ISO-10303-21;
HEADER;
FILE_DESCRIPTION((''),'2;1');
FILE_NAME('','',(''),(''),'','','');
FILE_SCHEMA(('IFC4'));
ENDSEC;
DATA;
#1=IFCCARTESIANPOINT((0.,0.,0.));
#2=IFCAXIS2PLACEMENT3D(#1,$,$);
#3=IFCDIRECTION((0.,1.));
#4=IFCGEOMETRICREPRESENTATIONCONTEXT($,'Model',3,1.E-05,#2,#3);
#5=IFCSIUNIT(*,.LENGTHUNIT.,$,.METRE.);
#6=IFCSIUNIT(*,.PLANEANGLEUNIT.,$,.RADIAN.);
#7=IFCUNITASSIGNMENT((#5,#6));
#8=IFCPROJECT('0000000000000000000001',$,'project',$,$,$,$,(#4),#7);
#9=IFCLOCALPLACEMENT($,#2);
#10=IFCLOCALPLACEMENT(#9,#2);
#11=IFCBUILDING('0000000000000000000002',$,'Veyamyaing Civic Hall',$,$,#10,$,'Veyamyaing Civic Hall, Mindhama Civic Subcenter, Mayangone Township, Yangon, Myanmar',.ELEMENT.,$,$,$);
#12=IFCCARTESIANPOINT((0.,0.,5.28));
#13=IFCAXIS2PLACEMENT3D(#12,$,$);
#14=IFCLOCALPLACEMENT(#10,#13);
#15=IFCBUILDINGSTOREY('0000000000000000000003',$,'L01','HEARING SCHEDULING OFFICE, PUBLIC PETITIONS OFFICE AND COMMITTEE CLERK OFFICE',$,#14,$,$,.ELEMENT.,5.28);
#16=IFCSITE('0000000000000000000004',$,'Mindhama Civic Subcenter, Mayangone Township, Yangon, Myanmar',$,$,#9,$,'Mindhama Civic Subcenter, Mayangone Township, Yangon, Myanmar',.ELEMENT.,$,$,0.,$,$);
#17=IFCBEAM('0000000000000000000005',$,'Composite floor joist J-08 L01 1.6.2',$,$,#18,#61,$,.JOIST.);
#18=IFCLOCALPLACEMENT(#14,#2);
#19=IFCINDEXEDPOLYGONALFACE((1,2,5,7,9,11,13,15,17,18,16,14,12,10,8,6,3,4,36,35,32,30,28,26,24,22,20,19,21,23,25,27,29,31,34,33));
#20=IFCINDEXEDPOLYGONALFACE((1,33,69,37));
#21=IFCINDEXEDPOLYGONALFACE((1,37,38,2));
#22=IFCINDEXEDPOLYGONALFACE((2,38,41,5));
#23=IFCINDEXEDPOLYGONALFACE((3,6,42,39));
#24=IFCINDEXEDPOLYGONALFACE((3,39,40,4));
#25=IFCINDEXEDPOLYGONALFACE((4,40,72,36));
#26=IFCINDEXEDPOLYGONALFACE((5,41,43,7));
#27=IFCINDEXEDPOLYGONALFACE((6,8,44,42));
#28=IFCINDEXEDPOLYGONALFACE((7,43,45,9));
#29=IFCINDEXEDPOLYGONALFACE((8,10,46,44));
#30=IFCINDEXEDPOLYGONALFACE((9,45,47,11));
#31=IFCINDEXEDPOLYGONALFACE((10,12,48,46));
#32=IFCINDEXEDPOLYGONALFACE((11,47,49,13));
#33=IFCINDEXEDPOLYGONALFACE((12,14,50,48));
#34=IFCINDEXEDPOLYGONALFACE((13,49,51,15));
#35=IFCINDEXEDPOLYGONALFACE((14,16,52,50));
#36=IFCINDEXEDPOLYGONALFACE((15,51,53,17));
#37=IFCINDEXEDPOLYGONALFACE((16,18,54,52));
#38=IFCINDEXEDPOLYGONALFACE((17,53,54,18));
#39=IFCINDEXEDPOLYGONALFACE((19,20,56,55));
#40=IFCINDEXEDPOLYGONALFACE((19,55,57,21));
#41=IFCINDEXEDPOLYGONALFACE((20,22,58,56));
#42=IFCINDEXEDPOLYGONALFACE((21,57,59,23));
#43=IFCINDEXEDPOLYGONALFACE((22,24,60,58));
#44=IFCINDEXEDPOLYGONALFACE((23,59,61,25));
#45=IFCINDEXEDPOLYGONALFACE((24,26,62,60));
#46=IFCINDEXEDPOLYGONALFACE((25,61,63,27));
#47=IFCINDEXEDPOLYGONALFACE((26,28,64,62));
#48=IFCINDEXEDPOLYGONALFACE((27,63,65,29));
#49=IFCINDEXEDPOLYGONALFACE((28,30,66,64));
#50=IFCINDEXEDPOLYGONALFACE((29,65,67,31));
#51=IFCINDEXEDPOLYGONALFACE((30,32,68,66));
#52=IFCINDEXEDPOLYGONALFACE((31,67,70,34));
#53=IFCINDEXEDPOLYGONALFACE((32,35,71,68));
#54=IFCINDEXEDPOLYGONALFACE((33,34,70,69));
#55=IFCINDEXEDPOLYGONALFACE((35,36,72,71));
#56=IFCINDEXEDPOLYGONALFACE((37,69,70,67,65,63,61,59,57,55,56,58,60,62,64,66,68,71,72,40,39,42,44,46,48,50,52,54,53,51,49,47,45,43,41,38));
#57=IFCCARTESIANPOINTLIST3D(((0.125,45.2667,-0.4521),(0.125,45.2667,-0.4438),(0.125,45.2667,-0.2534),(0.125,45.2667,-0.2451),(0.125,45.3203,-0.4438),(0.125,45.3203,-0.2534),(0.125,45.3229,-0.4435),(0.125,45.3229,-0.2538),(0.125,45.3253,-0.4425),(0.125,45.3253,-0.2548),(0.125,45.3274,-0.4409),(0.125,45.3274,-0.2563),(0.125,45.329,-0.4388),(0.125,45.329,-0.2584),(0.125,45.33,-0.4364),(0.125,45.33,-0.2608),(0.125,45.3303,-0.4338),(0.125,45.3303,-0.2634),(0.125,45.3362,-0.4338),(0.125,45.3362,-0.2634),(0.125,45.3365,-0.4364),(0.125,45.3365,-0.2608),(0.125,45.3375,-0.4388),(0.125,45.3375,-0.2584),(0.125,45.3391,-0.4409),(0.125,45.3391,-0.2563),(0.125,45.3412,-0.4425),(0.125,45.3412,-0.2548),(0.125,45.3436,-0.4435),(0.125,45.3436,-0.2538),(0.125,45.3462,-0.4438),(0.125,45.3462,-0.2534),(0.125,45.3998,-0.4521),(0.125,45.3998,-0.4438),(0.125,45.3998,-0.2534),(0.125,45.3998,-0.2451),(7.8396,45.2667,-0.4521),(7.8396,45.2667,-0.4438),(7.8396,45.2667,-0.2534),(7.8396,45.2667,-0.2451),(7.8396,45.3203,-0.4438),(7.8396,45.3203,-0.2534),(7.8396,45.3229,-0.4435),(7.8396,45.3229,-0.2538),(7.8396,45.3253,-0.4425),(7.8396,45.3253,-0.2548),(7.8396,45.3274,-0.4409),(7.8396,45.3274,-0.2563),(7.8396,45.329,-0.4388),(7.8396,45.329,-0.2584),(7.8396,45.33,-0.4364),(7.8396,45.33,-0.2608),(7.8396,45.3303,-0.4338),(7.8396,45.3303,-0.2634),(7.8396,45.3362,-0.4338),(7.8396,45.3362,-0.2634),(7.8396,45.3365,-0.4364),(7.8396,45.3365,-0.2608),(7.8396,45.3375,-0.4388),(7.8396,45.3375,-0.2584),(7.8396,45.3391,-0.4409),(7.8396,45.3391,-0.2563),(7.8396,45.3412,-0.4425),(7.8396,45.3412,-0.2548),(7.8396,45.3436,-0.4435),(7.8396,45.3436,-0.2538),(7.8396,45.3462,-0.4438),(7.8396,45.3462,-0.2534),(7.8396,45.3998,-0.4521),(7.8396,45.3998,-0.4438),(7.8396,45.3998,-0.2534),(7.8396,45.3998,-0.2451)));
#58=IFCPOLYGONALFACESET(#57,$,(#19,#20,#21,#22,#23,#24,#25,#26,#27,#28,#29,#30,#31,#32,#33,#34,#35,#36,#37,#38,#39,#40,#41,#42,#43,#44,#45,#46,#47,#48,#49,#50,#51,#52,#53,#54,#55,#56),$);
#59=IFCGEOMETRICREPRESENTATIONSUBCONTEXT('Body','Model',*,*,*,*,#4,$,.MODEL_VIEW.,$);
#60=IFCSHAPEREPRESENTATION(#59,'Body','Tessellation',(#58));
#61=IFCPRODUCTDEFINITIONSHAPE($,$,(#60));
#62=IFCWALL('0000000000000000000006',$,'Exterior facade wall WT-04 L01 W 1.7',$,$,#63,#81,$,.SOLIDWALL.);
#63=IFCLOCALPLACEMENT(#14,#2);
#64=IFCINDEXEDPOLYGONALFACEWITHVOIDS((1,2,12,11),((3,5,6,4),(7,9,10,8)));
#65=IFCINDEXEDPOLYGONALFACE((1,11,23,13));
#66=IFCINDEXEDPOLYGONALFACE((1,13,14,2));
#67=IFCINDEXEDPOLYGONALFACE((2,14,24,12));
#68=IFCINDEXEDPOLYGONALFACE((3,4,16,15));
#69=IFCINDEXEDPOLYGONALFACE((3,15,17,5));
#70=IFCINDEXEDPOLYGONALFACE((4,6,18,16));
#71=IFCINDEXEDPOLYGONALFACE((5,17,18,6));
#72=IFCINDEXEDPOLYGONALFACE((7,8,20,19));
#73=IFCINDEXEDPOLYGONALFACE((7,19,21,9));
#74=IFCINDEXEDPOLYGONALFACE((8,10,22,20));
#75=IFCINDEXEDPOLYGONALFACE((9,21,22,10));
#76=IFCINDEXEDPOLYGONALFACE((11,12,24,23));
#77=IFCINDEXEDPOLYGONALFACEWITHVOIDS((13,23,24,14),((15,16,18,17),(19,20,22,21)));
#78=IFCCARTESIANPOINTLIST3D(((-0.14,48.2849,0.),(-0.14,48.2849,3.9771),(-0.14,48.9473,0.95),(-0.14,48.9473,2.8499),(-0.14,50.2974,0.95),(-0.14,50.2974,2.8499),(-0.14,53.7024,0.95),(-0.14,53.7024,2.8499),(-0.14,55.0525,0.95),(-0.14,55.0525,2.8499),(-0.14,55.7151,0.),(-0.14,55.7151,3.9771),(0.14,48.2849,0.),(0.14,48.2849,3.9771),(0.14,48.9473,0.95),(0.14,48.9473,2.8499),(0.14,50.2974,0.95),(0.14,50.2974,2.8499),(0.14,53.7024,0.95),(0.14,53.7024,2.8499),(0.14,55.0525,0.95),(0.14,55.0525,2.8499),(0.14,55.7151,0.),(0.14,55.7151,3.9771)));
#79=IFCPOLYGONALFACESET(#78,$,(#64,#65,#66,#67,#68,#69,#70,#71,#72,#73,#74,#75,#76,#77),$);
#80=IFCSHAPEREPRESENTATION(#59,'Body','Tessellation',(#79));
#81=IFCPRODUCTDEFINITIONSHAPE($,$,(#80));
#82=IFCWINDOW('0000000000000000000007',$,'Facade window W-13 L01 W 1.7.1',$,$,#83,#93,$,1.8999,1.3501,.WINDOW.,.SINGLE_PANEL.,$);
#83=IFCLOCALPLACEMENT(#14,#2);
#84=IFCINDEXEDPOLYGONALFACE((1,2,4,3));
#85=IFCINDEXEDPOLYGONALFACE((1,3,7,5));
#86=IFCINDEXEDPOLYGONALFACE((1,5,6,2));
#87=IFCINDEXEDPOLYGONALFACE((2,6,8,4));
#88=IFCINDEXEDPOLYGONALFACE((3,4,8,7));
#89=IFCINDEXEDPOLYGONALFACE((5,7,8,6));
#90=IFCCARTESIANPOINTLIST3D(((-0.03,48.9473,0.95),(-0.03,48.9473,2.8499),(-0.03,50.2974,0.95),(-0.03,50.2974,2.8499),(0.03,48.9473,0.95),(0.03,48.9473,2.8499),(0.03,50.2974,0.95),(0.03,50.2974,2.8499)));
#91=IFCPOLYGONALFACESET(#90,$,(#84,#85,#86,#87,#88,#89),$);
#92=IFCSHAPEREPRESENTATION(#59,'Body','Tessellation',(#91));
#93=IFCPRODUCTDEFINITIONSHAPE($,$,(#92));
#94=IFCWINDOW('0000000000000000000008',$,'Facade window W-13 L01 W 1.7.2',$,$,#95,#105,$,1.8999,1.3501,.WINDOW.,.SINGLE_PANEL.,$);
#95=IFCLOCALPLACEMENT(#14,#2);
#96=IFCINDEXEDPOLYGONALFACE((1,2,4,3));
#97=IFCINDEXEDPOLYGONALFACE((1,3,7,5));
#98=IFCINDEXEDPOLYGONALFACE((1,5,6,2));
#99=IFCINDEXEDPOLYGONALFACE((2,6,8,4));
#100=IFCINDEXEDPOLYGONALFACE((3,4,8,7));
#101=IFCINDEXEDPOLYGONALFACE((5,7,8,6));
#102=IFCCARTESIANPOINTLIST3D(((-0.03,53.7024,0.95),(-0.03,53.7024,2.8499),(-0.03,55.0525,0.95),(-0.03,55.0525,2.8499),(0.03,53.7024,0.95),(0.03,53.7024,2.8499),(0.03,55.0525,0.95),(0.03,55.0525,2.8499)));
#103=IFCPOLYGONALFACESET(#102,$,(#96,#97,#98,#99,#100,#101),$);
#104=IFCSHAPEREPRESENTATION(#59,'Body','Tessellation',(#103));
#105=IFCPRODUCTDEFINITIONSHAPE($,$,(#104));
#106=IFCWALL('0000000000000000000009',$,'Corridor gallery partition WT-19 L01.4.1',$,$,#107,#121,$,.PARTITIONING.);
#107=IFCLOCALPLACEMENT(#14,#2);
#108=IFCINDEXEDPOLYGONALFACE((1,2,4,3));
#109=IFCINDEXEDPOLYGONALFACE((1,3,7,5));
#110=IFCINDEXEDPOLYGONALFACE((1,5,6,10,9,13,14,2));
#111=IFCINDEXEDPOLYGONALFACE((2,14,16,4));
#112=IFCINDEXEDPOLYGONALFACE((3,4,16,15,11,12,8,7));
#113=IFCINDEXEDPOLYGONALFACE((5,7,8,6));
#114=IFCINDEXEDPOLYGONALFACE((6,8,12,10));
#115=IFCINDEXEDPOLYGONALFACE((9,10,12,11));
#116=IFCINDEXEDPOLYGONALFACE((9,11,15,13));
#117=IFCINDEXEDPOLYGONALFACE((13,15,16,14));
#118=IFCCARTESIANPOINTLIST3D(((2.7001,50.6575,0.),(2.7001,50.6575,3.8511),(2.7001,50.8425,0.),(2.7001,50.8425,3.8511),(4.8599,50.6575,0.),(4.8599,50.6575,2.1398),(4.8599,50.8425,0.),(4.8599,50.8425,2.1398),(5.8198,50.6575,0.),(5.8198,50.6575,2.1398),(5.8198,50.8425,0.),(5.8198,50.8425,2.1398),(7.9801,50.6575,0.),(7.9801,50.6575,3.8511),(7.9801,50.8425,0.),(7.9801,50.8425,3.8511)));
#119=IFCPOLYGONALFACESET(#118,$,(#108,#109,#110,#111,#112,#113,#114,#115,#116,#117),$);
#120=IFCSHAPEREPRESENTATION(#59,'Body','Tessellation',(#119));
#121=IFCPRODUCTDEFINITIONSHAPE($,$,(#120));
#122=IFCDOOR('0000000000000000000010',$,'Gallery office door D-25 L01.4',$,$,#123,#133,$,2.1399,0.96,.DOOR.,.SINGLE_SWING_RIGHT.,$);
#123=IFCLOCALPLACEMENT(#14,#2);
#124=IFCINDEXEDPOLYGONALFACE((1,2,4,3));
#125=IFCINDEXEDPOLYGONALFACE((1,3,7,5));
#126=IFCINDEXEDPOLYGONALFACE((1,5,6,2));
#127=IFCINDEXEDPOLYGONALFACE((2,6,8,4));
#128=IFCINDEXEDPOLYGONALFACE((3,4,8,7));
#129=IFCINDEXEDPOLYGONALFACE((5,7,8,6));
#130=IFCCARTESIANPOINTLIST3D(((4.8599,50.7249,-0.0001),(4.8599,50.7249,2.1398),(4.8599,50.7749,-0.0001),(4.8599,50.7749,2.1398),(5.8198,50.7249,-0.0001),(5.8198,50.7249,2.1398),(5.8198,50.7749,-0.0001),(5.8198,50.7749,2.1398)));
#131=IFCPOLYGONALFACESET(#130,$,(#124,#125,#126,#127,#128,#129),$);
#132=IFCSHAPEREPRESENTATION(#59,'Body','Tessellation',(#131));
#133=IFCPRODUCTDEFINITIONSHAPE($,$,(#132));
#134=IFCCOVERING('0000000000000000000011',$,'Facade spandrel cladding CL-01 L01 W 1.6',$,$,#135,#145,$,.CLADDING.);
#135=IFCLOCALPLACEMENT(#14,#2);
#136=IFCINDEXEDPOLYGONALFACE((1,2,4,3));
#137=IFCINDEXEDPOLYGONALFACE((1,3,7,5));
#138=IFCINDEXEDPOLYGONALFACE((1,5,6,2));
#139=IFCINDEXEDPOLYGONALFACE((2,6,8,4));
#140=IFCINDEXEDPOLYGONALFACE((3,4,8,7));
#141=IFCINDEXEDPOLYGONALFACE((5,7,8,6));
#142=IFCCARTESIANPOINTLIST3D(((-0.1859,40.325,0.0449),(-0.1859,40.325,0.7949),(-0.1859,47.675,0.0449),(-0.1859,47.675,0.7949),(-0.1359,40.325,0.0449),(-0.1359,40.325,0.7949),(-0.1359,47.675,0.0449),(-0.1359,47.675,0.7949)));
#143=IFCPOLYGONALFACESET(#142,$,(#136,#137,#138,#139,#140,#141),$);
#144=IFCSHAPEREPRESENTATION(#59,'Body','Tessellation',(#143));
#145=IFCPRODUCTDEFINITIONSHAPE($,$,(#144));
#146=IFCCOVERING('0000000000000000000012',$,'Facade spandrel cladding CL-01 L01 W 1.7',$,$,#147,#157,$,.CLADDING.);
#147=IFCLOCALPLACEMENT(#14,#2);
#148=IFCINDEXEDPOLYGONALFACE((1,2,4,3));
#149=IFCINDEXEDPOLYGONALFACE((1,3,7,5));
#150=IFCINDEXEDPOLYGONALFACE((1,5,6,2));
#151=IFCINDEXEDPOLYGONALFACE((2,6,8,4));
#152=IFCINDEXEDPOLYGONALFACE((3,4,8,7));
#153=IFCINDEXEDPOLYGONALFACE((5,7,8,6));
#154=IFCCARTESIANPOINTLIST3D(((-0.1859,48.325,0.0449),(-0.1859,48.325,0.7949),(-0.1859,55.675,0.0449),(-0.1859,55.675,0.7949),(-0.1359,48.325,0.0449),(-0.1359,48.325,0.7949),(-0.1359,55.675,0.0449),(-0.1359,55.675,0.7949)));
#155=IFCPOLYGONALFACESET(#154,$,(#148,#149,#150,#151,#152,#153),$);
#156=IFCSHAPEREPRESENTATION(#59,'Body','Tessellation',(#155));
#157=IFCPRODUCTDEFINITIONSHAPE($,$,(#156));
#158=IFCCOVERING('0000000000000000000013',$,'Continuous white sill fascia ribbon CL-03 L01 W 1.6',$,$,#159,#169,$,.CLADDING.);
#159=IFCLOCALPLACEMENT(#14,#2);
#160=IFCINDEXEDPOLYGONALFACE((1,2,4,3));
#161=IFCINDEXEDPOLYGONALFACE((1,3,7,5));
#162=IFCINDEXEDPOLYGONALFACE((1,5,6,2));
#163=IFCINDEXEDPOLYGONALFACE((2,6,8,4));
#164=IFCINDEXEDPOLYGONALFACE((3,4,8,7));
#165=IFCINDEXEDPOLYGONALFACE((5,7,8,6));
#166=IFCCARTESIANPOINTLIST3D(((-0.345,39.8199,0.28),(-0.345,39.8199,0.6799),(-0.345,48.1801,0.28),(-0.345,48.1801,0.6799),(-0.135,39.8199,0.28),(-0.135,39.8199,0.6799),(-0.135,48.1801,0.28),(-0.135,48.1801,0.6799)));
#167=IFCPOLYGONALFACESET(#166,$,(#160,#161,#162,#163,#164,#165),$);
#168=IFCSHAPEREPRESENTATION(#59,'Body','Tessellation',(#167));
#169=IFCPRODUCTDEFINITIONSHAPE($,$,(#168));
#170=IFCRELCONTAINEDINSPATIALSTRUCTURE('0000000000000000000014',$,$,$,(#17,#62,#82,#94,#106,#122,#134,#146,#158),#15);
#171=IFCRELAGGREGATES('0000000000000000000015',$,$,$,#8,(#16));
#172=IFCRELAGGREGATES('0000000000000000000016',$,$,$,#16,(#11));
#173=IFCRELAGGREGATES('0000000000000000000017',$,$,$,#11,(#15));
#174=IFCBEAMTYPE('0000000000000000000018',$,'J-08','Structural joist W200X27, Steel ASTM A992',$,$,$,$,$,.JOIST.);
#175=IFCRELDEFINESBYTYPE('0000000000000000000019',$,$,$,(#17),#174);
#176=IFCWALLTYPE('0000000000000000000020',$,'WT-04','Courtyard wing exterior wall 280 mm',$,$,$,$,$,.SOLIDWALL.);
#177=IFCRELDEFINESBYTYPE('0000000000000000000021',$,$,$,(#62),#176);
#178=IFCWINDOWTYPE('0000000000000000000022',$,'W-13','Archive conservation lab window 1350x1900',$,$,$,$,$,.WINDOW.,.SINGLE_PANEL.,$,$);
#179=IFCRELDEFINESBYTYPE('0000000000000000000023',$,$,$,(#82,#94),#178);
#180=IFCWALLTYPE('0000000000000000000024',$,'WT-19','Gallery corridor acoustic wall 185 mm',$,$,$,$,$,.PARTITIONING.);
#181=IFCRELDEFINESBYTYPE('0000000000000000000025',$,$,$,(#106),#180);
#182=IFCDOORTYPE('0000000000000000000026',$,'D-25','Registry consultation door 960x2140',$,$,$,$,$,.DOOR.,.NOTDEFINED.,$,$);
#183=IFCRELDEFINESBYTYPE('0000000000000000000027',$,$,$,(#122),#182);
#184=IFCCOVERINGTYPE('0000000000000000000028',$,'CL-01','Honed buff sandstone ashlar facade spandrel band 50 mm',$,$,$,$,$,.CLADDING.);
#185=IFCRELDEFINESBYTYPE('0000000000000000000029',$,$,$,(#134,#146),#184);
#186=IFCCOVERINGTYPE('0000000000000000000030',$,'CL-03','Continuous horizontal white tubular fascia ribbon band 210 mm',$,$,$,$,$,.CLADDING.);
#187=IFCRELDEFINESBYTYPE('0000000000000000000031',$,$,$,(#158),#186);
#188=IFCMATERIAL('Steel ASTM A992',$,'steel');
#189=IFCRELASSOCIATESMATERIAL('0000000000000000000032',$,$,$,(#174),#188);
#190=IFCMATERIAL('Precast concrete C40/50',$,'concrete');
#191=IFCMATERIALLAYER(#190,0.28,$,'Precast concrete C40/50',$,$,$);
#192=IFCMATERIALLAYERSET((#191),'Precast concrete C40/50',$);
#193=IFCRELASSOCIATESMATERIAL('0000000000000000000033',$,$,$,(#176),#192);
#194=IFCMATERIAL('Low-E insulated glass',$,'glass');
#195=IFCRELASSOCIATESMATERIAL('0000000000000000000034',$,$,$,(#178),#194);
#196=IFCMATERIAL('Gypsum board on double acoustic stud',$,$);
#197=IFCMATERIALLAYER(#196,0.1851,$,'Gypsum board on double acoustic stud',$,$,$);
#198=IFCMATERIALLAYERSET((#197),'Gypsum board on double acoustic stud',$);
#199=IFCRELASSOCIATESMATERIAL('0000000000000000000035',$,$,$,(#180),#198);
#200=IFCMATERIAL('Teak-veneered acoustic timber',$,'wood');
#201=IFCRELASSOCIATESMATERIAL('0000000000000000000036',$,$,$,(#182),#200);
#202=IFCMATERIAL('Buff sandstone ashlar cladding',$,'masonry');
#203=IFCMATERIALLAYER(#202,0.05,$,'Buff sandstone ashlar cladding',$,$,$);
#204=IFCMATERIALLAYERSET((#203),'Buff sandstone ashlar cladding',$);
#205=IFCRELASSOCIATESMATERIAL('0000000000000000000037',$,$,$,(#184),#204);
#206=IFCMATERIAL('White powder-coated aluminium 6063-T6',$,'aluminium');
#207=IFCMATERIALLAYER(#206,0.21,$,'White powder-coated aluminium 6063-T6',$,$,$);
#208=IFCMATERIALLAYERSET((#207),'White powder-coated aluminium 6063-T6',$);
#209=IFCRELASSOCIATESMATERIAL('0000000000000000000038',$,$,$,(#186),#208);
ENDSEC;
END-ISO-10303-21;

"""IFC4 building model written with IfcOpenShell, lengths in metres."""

from ifc_helpers import new_model, si_unit, direction, frame, frame_2d, origin, origin_2d, place, context, subcontext, project, spatial, rectangle, i_section, extrude, material, layer, layer_set, material_profile, profile_set, type_object, element, fill, save


model = new_model("IFC4")

# Units and contexts
model_context = context("Model", 3, precision=1e-05, world=origin(), true_north=direction((0.0, 1.0)))
body_context = subcontext(model_context, "Body", "Model", "MODEL_VIEW")
ifc_project = project(units=[si_unit("LENGTHUNIT", "METRE"), si_unit("PLANEANGLEUNIT", "RADIAN")], contexts=[model_context])

# Site, building, storey
site_placement = place(None, origin())
site = spatial("IfcSite", under=ifc_project, at=site_placement, Name="Mindhama Civic Subcenter, Mayangone Township, Yangon, Myanmar", LongName="Mindhama Civic Subcenter, Mayangone Township, Yangon, Myanmar", CompositionType="ELEMENT", RefElevation=0.0)
building_placement = place(site_placement, origin())
building = spatial("IfcBuilding", under=site, at=building_placement, Name="Veyamyaing Civic Hall", LongName="Veyamyaing Civic Hall, Mindhama Civic Subcenter, Mayangone Township, Yangon, Myanmar", CompositionType="ELEMENT")
storey_placement = place(building_placement, frame((0.0, 0.0, 5.28)))
storey = spatial("IfcBuildingStorey", under=building, at=storey_placement, Name="L01", Description="HEARING SCHEDULING OFFICE, PUBLIC PETITIONS OFFICE AND COMMITTEE CLERK OFFICE", CompositionType="ELEMENT", Elevation=5.28)

# Beam
ifc_material_1 = material(Name="Steel ASTM A992", Category="steel")
ifc_material_profile_1 = material_profile(ifc_material_1, i_section(OverallWidth=0.1331, OverallDepth=0.207, WebThickness=0.0059, FlangeThickness=0.0083, FilletRadius=0.01, at=origin_2d()), Name="W200X27")
ifc_profile_set_1 = profile_set([ifc_material_profile_1], Name="Steel ASTM A992")
beam_type_1 = type_object("IfcBeamType", Name="J-08", Description="Structural joist W200X27, Steel ASTM A992", PredefinedType="JOIST", material=ifc_profile_set_1)
beam_1_placement = place(storey_placement, frame((0.125, 45.3333, -0.3486), z_axis=(1.0, 0.0, 0.0), x_axis=(0.0, 1.0, 0.0)))
element("IfcBeam", 1, at=beam_1_placement, inside=storey, type_object=beam_type_1, Name="Composite floor joist J-08 L01 1.6.2", PredefinedType="JOIST", context=body_context, shape_type="SweptSolid", body=[
    extrude(i_section(OverallWidth=0.1331, OverallDepth=0.207, WebThickness=0.0059, FlangeThickness=0.0083, FilletRadius=0.01, at=origin_2d()), origin(), (0.0, 0.0, 1.0), 7.7146),
])

# Wall, openings, windows
ifc_material_2 = material(Name="Precast concrete C40/50", Category="concrete")
ifc_layer_1 = layer(ifc_material_2, 0.28, Name="Precast concrete C40/50")
ifc_layer_set_1 = layer_set([ifc_layer_1], Name="Precast concrete C40/50")
wall_type_1 = type_object("IfcWallType", Name="WT-04", Description="Courtyard wing exterior wall 280 mm", PredefinedType="SOLIDWALL", material=ifc_layer_set_1)
wall_1_placement = place(storey_placement, frame((0.0, 48.2849, 0.0), z_axis=(0.0, 0.0, 1.0), x_axis=(0.0, 1.0, 0.0)))
wall_1 = element("IfcWall", 2, at=wall_1_placement, inside=storey, type_object=wall_type_1, Name="Exterior facade wall WT-04 L01 W 1.7", PredefinedType="SOLIDWALL", context=body_context, shape_type="SweptSolid", body=[
    extrude(rectangle(XDim=7.4302, YDim=0.28, at=frame_2d((3.7151, 0.0))), origin(), (0.0, 0.0, 1.0), 3.9771),
])
opening_1_placement = place(wall_1_placement, frame((0.6624, 0.0, 0.95)))
opening_1 = element("IfcOpeningElement", 3, at=opening_1_placement, cuts=wall_1, PredefinedType="OPENING", context=body_context, shape_type="SweptSolid", body=[
    extrude(rectangle(XDim=1.3501, YDim=1.8999, at=frame_2d((0.675, 0.95))), frame((0.0, 0.1499, 0.0), z_axis=(0.0, -1.0, 0.0), x_axis=(1.0, 0.0, 0.0)), (0.0, 0.0, 1.0), 0.3),
])
opening_2_placement = place(wall_1_placement, frame((5.4175, 0.0, 0.95)))
opening_2 = element("IfcOpeningElement", 4, at=opening_2_placement, cuts=wall_1, PredefinedType="OPENING", context=body_context, shape_type="SweptSolid", body=[
    extrude(rectangle(XDim=1.3501, YDim=1.8999, at=frame_2d((0.675, 0.95))), frame((0.0, 0.1499, 0.0), z_axis=(0.0, -1.0, 0.0), x_axis=(1.0, 0.0, 0.0)), (0.0, 0.0, 1.0), 0.3),
])
ifc_material_3 = material(Name="Low-E insulated glass", Category="glass")
window_type = type_object("IfcWindowType", Name="W-13", Description="Archive conservation lab window 1350x1900", PartitioningType="SINGLE_PANEL", PredefinedType="WINDOW", material=ifc_material_3)
window_1_placement = place(opening_1_placement, origin())
window_1 = element("IfcWindow", 5, at=window_1_placement, inside=storey, type_object=window_type, Name="Facade window W-13 L01 W 1.7.1", OverallHeight=1.8999, OverallWidth=1.3501, PartitioningType="SINGLE_PANEL", PredefinedType="WINDOW", context=body_context, shape_type="SweptSolid", body=[
    extrude(rectangle(XDim=1.3501, YDim=1.8999, at=frame_2d((0.675, 0.95))), frame((0.0, 0.03, 0.0), z_axis=(0.0, -1.0, 0.0), x_axis=(1.0, 0.0, 0.0)), (0.0, 0.0, 1.0), 0.0601),
])
fill(opening_1, window_1)
window_2_placement = place(opening_2_placement, origin())
window_2 = element("IfcWindow", 6, at=window_2_placement, inside=storey, type_object=window_type, Name="Facade window W-13 L01 W 1.7.2", OverallHeight=1.8999, OverallWidth=1.3501, PartitioningType="SINGLE_PANEL", PredefinedType="WINDOW", context=body_context, shape_type="SweptSolid", body=[
    extrude(rectangle(XDim=1.3501, YDim=1.8999, at=frame_2d((0.675, 0.95))), frame((0.0, 0.03, 0.0), z_axis=(0.0, -1.0, 0.0), x_axis=(1.0, 0.0, 0.0)), (0.0, 0.0, 1.0), 0.0601),
])
fill(opening_2, window_2)

# Wall, opening, door
ifc_material_4 = material(Name="Gypsum board on double acoustic stud")
ifc_layer_2 = layer(ifc_material_4, 0.1851, Name="Gypsum board on double acoustic stud")
ifc_layer_set_2 = layer_set([ifc_layer_2], Name="Gypsum board on double acoustic stud")
wall_type_2 = type_object("IfcWallType", Name="WT-19", Description="Gallery corridor acoustic wall 185 mm", PredefinedType="PARTITIONING", material=ifc_layer_set_2)
wall_2_placement = place(storey_placement, frame((2.7, 50.75, 0.0), z_axis=(0.0, 0.0, 1.0), x_axis=(1.0, 0.0, 0.0)))
wall_2 = element("IfcWall", 7, at=wall_2_placement, inside=storey, type_object=wall_type_2, Name="Corridor gallery partition WT-19 L01.4.1", PredefinedType="PARTITIONING", context=body_context, shape_type="SweptSolid", body=[
    extrude(rectangle(XDim=5.28, YDim=0.1851, at=frame_2d((2.6401, 0.0))), origin(), (0.0, 0.0, 1.0), 3.8511),
])
opening_3_placement = place(wall_2_placement, frame((2.1599, 0.0, 0.0)))
opening_3 = element("IfcOpeningElement", 8, at=opening_3_placement, cuts=wall_2, PredefinedType="OPENING", context=body_context, shape_type="SweptSolid", body=[
    extrude(rectangle(XDim=0.96, YDim=2.1399, at=frame_2d((0.48, 1.0698))), frame((0.0, 0.1025, 0.0), z_axis=(0.0, -1.0, 0.0), x_axis=(1.0, 0.0, 0.0)), (0.0, 0.0, 1.0), 0.2051),
])
ifc_material_5 = material(Name="Teak-veneered acoustic timber", Category="wood")
door_type = type_object("IfcDoorType", Name="D-25", Description="Registry consultation door 960x2140", OperationType="NOTDEFINED", PredefinedType="DOOR", material=ifc_material_5)
door_placement = place(opening_3_placement, origin())
door = element("IfcDoor", 9, at=door_placement, inside=storey, type_object=door_type, Name="Gallery office door D-25 L01.4", OperationType="SINGLE_SWING_RIGHT", OverallHeight=2.1399, OverallWidth=0.96, PredefinedType="DOOR", context=body_context, shape_type="SweptSolid", body=[
    extrude(rectangle(XDim=0.96, YDim=2.1399, at=frame_2d((0.48, 1.0698))), frame((0.0, 0.0249, 0.0), z_axis=(0.0, -1.0, 0.0), x_axis=(1.0, 0.0, 0.0)), (0.0, 0.0, 1.0), 0.05),
])
fill(opening_3, door)

# Coverings
ifc_material_6 = material(Name="Buff sandstone ashlar cladding", Category="masonry")
ifc_layer_3 = layer(ifc_material_6, 0.05, Name="Buff sandstone ashlar cladding")
ifc_layer_set_3 = layer_set([ifc_layer_3], Name="Buff sandstone ashlar cladding")
covering_type_1 = type_object("IfcCoveringType", Name="CL-01", Description="Honed buff sandstone ashlar facade spandrel band 50 mm", PredefinedType="CLADDING", material=ifc_layer_set_3)
for number, where, z_axis, x_axis, name in (
    (10, (-0.1609, 44.0, 0.0449), (0.0, 0.0, 1.0), (0.0, 1.0, 0.0), "Facade spandrel cladding CL-01 L01 W 1.6"),
    (11, (-0.1609, 52.0, 0.0449), (0.0, 0.0, 1.0), (0.0, 1.0, 0.0), "Facade spandrel cladding CL-01 L01 W 1.7"),
):
    element("IfcCovering", number, at=place(storey_placement, frame(where, z_axis=z_axis, x_axis=x_axis)), inside=storey, type_object=covering_type_1, Name=name, PredefinedType="CLADDING", context=body_context, shape_type="SweptSolid", body=[
        extrude(rectangle(XDim=7.3501, YDim=0.05, at=origin_2d()), origin(), (0.0, 0.0, 1.0), 0.75),
    ])
ifc_material_7 = material(Name="White powder-coated aluminium 6063-T6", Category="aluminium")
ifc_layer_4 = layer(ifc_material_7, 0.21, Name="White powder-coated aluminium 6063-T6")
ifc_layer_set_4 = layer_set([ifc_layer_4], Name="White powder-coated aluminium 6063-T6")
covering_type_2 = type_object("IfcCoveringType", Name="CL-03", Description="Continuous horizontal white tubular fascia ribbon band 210 mm", PredefinedType="CLADDING", material=ifc_layer_set_4)
for number, where, z_axis, x_axis, name in (
    (12, (-0.24, 44.0, 0.28), (0.0, 0.0, 1.0), (0.0, 1.0, 0.0), "Continuous white sill fascia ribbon CL-03 L01 W 1.6"),
):
    element("IfcCovering", number, at=place(storey_placement, frame(where, z_axis=z_axis, x_axis=x_axis)), inside=storey, type_object=covering_type_2, Name=name, PredefinedType="CLADDING", context=body_context, shape_type="SweptSolid", body=[
        extrude(rectangle(XDim=8.3601, YDim=0.21, at=origin_2d()), origin(), (0.0, 0.0, 1.0), 0.3999),
    ])

save(model, "model.ifc")
